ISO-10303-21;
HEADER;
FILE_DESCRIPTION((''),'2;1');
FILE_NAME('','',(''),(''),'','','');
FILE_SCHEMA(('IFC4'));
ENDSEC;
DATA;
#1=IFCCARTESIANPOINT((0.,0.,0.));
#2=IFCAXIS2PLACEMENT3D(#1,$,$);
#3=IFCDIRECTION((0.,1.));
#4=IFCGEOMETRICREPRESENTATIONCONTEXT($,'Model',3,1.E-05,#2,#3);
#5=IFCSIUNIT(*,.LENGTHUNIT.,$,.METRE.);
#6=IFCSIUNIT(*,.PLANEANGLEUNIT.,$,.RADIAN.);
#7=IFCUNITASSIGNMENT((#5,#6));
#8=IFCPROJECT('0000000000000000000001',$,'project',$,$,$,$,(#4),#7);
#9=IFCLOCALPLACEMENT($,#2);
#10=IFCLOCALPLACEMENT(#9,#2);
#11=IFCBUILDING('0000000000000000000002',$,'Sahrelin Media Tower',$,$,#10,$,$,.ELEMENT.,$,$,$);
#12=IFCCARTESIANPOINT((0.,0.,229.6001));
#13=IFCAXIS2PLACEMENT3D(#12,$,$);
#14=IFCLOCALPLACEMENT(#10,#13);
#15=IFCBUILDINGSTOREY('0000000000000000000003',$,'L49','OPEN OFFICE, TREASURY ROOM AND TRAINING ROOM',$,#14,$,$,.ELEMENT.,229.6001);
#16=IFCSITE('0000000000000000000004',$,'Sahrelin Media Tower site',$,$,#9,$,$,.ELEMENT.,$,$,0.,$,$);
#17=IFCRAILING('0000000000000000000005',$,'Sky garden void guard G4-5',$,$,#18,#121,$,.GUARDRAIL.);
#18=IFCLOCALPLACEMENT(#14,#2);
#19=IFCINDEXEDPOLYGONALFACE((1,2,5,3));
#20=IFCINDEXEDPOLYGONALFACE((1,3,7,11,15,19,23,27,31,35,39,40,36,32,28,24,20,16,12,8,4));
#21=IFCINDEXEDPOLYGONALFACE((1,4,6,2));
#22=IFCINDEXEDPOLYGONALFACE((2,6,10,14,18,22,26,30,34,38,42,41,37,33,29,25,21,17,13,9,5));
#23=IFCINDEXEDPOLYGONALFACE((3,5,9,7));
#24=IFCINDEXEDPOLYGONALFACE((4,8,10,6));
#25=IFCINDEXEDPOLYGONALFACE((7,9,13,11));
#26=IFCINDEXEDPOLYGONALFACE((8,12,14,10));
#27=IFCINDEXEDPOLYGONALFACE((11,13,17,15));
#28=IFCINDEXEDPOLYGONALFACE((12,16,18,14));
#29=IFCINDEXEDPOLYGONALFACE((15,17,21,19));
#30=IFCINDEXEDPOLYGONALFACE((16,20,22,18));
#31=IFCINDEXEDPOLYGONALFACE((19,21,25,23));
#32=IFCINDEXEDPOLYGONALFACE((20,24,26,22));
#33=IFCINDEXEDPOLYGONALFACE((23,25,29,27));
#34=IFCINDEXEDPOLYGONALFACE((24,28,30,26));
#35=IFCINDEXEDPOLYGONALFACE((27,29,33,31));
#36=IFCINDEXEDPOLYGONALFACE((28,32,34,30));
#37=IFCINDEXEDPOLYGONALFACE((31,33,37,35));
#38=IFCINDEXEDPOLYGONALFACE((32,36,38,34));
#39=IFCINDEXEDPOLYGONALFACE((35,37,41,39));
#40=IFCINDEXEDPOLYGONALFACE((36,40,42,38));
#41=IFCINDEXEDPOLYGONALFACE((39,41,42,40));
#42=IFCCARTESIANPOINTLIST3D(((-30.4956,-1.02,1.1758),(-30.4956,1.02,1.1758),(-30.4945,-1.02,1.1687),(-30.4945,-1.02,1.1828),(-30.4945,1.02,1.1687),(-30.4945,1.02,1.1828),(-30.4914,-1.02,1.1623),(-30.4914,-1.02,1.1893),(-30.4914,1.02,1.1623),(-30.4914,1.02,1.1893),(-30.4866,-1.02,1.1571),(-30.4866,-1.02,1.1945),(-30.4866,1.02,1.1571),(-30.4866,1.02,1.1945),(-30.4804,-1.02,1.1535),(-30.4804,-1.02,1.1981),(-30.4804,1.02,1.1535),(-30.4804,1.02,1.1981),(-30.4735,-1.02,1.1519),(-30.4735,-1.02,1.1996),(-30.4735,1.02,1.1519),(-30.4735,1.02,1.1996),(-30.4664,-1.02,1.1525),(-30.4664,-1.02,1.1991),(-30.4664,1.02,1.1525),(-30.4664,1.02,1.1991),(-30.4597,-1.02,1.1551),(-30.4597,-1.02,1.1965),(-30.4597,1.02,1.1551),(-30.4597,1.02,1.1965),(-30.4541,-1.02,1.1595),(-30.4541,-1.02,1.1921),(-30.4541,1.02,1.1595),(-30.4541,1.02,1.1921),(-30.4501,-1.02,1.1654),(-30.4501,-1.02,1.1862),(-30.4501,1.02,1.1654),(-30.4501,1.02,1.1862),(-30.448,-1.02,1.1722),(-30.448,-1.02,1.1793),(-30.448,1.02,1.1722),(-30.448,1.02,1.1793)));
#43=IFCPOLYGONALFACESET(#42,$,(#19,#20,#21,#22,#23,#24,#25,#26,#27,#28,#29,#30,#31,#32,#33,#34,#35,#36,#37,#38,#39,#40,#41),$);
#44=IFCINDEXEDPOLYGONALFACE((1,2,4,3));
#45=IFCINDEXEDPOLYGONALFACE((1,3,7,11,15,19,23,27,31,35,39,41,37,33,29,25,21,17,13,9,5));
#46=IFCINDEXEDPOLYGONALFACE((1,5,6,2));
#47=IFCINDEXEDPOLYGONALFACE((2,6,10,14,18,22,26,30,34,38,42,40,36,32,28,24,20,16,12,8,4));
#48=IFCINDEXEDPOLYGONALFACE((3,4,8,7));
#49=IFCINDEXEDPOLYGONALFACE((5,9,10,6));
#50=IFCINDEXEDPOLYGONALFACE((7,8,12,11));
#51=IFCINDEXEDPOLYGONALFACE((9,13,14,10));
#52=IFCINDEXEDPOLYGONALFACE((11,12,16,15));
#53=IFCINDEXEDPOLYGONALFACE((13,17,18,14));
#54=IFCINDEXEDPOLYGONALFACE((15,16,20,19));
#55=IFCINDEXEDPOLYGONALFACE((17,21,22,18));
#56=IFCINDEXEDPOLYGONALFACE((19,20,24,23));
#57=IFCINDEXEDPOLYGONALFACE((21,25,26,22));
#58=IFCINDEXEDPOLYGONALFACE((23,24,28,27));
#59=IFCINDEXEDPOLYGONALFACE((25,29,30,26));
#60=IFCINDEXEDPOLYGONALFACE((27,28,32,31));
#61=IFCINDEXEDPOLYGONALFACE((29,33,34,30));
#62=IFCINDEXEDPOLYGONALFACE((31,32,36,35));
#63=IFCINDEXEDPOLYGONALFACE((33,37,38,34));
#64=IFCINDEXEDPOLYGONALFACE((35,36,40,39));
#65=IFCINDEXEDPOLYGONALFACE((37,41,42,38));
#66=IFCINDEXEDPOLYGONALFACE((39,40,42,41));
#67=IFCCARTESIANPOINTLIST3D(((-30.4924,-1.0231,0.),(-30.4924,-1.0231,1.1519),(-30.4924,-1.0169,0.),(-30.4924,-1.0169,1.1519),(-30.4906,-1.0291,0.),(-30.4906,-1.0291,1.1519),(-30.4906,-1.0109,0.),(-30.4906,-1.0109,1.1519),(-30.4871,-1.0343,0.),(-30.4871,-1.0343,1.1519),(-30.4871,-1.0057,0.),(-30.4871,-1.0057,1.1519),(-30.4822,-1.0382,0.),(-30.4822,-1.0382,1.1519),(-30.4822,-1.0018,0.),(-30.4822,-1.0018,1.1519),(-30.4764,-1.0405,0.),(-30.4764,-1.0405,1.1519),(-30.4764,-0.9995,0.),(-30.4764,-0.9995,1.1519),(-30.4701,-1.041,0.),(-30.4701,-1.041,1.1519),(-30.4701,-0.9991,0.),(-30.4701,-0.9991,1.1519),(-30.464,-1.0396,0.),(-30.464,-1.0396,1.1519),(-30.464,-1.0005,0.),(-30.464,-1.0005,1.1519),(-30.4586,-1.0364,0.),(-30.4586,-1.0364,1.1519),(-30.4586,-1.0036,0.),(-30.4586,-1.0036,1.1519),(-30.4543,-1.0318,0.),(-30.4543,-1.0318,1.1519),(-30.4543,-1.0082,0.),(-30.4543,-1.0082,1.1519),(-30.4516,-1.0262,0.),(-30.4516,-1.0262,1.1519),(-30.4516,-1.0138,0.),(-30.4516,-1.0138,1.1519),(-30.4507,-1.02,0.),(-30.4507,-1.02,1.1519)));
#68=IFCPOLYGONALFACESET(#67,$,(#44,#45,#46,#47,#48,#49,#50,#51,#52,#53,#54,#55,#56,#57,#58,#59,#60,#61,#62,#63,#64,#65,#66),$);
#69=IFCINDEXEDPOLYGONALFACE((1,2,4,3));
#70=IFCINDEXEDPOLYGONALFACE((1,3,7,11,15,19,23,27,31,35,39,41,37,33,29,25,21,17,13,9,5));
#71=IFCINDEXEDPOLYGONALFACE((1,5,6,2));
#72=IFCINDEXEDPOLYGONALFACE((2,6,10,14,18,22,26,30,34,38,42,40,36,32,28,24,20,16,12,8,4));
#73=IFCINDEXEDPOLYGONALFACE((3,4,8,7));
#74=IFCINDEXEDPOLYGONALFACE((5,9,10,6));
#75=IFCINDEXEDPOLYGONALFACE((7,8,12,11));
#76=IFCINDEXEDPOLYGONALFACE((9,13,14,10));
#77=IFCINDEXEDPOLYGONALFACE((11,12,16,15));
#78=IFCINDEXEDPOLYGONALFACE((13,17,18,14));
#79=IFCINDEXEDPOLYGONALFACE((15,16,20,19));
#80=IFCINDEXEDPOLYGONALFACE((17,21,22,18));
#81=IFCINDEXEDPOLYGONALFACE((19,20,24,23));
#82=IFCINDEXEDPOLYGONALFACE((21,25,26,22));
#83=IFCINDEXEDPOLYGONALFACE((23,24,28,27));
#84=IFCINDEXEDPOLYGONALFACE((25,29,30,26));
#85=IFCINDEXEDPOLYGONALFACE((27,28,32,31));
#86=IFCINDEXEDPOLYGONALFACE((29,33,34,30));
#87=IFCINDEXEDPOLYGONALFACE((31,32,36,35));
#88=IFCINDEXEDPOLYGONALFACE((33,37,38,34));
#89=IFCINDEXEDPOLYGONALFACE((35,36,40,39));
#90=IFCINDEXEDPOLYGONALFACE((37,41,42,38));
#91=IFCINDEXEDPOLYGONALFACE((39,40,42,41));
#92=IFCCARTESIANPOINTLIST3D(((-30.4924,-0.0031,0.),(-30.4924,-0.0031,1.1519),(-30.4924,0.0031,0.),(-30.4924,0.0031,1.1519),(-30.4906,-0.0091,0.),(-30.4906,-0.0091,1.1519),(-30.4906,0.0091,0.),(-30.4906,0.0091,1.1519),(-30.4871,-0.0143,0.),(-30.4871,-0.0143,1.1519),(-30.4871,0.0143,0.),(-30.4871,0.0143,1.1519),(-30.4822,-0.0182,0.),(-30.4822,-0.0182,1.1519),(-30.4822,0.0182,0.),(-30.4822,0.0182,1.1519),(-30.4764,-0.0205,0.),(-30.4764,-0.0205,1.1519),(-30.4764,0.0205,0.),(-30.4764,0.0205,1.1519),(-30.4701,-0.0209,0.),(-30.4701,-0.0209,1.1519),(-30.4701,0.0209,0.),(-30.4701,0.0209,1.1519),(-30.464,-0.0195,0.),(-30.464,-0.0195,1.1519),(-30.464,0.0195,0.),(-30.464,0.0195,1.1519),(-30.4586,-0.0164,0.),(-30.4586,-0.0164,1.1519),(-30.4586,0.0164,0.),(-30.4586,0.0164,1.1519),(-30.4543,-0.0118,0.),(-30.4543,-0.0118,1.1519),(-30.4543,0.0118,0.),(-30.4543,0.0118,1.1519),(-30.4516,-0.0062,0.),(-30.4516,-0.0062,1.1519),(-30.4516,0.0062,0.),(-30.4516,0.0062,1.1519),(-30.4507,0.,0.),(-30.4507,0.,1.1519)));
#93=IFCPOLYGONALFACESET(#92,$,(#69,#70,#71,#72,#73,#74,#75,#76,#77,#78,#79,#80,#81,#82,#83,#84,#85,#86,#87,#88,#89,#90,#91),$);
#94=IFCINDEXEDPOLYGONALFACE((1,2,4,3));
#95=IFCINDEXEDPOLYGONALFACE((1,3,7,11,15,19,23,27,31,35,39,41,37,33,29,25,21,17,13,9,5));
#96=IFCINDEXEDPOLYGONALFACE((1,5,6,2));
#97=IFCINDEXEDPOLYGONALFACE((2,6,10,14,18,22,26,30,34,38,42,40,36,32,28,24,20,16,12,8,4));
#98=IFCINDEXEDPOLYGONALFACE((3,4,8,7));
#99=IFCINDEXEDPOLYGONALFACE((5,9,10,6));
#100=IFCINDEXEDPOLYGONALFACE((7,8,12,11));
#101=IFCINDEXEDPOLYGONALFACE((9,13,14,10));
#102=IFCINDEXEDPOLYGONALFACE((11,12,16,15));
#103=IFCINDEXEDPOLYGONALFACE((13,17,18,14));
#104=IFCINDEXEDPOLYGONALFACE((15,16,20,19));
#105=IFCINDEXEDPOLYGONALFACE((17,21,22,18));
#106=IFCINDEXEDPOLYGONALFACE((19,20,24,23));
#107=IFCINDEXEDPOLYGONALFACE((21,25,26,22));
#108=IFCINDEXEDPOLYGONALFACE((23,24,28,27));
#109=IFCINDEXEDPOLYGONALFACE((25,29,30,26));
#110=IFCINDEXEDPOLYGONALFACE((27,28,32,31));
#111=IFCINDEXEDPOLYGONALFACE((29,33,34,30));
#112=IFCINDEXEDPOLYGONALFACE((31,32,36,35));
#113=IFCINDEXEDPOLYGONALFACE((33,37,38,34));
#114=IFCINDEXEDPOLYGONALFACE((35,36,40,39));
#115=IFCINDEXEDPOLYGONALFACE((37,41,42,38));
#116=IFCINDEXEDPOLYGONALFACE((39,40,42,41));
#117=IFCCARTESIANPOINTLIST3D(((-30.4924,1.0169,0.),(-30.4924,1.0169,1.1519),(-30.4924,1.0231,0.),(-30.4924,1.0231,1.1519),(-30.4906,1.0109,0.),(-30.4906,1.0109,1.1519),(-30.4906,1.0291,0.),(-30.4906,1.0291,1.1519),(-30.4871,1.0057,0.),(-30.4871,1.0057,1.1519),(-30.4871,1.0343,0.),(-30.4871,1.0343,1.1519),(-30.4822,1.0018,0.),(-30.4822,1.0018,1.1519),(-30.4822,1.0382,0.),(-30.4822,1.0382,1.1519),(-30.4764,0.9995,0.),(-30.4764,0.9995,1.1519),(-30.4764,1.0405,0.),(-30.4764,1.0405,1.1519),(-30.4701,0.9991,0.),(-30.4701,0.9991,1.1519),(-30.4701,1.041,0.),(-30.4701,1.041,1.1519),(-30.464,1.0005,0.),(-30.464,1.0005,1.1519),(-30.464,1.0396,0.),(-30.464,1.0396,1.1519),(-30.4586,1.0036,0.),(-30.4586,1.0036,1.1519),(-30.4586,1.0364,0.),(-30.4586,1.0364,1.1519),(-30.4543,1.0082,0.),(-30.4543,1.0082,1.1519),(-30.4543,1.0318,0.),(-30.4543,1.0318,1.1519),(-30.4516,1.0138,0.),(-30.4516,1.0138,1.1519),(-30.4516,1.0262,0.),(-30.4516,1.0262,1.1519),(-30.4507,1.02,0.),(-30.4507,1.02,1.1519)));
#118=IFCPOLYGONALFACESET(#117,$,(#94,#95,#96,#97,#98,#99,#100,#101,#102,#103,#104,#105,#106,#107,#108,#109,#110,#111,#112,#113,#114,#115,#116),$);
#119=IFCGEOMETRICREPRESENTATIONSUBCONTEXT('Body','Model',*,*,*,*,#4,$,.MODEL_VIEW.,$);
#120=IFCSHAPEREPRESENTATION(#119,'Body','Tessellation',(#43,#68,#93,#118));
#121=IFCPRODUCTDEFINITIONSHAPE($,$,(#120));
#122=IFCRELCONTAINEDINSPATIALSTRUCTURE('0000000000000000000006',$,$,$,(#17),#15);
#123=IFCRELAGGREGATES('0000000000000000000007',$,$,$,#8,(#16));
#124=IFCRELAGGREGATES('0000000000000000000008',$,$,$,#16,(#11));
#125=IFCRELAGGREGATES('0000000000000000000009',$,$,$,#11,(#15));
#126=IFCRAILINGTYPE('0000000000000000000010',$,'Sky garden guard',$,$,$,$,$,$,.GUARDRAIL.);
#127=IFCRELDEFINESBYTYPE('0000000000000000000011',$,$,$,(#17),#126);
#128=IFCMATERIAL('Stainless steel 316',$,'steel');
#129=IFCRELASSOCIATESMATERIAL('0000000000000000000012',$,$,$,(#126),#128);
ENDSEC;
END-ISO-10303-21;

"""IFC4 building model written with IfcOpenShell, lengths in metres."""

from ifc_helpers import new_model, si_unit, direction, frame, origin, origin_2d, place, context, subcontext, project, spatial, circle, extrude, material, type_object, element, save


model = new_model("IFC4")

# Units and contexts
model_context = context("Model", 3, precision=1e-05, world=origin(), true_north=direction((0.0, 1.0)))
body_context = subcontext(model_context, "Body", "Model", "MODEL_VIEW")
ifc_project = project(units=[si_unit("LENGTHUNIT", "METRE"), si_unit("PLANEANGLEUNIT", "RADIAN")], contexts=[model_context])

# Site, building, storey
site_placement = place(None, origin())
site = spatial("IfcSite", under=ifc_project, at=site_placement, Name="Sahrelin Media Tower site", CompositionType="ELEMENT", RefElevation=0.0)
building_placement = place(site_placement, origin())
building = spatial("IfcBuilding", under=site, at=building_placement, Name="Sahrelin Media Tower", CompositionType="ELEMENT")
storey_placement = place(building_placement, frame((0.0, 0.0, 229.6001)))
storey = spatial("IfcBuildingStorey", under=building, at=storey_placement, Name="L49", Description="OPEN OFFICE, TREASURY ROOM AND TRAINING ROOM", CompositionType="ELEMENT", Elevation=229.6001)

# Railing
ifc_material_1 = material(Name="Stainless steel 316", Category="steel")
railing_type = type_object("IfcRailingType", Name="Sky garden guard", PredefinedType="GUARDRAIL", material=ifc_material_1)
railing_1_placement = place(storey_placement, frame((-30.4717, -1.02, 0.0)))
element("IfcRailing", 1, at=railing_1_placement, inside=storey, type_object=railing_type, Name="Sky garden void guard G4-5", PredefinedType="GUARDRAIL", context=body_context, shape_type="SweptSolid", body=[
    extrude(circle(Radius=0.0239, at=origin_2d()), frame((0.0, 0.0, 1.1758), z_axis=(0.0, 1.0, 0.0), x_axis=(-1.0, 0.0, 0.0)), (0.0, 0.0, 1.0), 2.04),
    extrude(circle(Radius=0.021, at=origin_2d()), origin(), (0.0, 0.0, 1.0), 1.1519),
    extrude(circle(Radius=0.021, at=origin_2d()), frame((0.0, 1.02, 0.0)), (0.0, 0.0, 1.0), 1.1519),
    extrude(circle(Radius=0.021, at=origin_2d()), frame((0.0, 2.04, 0.0)), (0.0, 0.0, 1.0), 1.1519),
])

save(model, "model.ifc")
